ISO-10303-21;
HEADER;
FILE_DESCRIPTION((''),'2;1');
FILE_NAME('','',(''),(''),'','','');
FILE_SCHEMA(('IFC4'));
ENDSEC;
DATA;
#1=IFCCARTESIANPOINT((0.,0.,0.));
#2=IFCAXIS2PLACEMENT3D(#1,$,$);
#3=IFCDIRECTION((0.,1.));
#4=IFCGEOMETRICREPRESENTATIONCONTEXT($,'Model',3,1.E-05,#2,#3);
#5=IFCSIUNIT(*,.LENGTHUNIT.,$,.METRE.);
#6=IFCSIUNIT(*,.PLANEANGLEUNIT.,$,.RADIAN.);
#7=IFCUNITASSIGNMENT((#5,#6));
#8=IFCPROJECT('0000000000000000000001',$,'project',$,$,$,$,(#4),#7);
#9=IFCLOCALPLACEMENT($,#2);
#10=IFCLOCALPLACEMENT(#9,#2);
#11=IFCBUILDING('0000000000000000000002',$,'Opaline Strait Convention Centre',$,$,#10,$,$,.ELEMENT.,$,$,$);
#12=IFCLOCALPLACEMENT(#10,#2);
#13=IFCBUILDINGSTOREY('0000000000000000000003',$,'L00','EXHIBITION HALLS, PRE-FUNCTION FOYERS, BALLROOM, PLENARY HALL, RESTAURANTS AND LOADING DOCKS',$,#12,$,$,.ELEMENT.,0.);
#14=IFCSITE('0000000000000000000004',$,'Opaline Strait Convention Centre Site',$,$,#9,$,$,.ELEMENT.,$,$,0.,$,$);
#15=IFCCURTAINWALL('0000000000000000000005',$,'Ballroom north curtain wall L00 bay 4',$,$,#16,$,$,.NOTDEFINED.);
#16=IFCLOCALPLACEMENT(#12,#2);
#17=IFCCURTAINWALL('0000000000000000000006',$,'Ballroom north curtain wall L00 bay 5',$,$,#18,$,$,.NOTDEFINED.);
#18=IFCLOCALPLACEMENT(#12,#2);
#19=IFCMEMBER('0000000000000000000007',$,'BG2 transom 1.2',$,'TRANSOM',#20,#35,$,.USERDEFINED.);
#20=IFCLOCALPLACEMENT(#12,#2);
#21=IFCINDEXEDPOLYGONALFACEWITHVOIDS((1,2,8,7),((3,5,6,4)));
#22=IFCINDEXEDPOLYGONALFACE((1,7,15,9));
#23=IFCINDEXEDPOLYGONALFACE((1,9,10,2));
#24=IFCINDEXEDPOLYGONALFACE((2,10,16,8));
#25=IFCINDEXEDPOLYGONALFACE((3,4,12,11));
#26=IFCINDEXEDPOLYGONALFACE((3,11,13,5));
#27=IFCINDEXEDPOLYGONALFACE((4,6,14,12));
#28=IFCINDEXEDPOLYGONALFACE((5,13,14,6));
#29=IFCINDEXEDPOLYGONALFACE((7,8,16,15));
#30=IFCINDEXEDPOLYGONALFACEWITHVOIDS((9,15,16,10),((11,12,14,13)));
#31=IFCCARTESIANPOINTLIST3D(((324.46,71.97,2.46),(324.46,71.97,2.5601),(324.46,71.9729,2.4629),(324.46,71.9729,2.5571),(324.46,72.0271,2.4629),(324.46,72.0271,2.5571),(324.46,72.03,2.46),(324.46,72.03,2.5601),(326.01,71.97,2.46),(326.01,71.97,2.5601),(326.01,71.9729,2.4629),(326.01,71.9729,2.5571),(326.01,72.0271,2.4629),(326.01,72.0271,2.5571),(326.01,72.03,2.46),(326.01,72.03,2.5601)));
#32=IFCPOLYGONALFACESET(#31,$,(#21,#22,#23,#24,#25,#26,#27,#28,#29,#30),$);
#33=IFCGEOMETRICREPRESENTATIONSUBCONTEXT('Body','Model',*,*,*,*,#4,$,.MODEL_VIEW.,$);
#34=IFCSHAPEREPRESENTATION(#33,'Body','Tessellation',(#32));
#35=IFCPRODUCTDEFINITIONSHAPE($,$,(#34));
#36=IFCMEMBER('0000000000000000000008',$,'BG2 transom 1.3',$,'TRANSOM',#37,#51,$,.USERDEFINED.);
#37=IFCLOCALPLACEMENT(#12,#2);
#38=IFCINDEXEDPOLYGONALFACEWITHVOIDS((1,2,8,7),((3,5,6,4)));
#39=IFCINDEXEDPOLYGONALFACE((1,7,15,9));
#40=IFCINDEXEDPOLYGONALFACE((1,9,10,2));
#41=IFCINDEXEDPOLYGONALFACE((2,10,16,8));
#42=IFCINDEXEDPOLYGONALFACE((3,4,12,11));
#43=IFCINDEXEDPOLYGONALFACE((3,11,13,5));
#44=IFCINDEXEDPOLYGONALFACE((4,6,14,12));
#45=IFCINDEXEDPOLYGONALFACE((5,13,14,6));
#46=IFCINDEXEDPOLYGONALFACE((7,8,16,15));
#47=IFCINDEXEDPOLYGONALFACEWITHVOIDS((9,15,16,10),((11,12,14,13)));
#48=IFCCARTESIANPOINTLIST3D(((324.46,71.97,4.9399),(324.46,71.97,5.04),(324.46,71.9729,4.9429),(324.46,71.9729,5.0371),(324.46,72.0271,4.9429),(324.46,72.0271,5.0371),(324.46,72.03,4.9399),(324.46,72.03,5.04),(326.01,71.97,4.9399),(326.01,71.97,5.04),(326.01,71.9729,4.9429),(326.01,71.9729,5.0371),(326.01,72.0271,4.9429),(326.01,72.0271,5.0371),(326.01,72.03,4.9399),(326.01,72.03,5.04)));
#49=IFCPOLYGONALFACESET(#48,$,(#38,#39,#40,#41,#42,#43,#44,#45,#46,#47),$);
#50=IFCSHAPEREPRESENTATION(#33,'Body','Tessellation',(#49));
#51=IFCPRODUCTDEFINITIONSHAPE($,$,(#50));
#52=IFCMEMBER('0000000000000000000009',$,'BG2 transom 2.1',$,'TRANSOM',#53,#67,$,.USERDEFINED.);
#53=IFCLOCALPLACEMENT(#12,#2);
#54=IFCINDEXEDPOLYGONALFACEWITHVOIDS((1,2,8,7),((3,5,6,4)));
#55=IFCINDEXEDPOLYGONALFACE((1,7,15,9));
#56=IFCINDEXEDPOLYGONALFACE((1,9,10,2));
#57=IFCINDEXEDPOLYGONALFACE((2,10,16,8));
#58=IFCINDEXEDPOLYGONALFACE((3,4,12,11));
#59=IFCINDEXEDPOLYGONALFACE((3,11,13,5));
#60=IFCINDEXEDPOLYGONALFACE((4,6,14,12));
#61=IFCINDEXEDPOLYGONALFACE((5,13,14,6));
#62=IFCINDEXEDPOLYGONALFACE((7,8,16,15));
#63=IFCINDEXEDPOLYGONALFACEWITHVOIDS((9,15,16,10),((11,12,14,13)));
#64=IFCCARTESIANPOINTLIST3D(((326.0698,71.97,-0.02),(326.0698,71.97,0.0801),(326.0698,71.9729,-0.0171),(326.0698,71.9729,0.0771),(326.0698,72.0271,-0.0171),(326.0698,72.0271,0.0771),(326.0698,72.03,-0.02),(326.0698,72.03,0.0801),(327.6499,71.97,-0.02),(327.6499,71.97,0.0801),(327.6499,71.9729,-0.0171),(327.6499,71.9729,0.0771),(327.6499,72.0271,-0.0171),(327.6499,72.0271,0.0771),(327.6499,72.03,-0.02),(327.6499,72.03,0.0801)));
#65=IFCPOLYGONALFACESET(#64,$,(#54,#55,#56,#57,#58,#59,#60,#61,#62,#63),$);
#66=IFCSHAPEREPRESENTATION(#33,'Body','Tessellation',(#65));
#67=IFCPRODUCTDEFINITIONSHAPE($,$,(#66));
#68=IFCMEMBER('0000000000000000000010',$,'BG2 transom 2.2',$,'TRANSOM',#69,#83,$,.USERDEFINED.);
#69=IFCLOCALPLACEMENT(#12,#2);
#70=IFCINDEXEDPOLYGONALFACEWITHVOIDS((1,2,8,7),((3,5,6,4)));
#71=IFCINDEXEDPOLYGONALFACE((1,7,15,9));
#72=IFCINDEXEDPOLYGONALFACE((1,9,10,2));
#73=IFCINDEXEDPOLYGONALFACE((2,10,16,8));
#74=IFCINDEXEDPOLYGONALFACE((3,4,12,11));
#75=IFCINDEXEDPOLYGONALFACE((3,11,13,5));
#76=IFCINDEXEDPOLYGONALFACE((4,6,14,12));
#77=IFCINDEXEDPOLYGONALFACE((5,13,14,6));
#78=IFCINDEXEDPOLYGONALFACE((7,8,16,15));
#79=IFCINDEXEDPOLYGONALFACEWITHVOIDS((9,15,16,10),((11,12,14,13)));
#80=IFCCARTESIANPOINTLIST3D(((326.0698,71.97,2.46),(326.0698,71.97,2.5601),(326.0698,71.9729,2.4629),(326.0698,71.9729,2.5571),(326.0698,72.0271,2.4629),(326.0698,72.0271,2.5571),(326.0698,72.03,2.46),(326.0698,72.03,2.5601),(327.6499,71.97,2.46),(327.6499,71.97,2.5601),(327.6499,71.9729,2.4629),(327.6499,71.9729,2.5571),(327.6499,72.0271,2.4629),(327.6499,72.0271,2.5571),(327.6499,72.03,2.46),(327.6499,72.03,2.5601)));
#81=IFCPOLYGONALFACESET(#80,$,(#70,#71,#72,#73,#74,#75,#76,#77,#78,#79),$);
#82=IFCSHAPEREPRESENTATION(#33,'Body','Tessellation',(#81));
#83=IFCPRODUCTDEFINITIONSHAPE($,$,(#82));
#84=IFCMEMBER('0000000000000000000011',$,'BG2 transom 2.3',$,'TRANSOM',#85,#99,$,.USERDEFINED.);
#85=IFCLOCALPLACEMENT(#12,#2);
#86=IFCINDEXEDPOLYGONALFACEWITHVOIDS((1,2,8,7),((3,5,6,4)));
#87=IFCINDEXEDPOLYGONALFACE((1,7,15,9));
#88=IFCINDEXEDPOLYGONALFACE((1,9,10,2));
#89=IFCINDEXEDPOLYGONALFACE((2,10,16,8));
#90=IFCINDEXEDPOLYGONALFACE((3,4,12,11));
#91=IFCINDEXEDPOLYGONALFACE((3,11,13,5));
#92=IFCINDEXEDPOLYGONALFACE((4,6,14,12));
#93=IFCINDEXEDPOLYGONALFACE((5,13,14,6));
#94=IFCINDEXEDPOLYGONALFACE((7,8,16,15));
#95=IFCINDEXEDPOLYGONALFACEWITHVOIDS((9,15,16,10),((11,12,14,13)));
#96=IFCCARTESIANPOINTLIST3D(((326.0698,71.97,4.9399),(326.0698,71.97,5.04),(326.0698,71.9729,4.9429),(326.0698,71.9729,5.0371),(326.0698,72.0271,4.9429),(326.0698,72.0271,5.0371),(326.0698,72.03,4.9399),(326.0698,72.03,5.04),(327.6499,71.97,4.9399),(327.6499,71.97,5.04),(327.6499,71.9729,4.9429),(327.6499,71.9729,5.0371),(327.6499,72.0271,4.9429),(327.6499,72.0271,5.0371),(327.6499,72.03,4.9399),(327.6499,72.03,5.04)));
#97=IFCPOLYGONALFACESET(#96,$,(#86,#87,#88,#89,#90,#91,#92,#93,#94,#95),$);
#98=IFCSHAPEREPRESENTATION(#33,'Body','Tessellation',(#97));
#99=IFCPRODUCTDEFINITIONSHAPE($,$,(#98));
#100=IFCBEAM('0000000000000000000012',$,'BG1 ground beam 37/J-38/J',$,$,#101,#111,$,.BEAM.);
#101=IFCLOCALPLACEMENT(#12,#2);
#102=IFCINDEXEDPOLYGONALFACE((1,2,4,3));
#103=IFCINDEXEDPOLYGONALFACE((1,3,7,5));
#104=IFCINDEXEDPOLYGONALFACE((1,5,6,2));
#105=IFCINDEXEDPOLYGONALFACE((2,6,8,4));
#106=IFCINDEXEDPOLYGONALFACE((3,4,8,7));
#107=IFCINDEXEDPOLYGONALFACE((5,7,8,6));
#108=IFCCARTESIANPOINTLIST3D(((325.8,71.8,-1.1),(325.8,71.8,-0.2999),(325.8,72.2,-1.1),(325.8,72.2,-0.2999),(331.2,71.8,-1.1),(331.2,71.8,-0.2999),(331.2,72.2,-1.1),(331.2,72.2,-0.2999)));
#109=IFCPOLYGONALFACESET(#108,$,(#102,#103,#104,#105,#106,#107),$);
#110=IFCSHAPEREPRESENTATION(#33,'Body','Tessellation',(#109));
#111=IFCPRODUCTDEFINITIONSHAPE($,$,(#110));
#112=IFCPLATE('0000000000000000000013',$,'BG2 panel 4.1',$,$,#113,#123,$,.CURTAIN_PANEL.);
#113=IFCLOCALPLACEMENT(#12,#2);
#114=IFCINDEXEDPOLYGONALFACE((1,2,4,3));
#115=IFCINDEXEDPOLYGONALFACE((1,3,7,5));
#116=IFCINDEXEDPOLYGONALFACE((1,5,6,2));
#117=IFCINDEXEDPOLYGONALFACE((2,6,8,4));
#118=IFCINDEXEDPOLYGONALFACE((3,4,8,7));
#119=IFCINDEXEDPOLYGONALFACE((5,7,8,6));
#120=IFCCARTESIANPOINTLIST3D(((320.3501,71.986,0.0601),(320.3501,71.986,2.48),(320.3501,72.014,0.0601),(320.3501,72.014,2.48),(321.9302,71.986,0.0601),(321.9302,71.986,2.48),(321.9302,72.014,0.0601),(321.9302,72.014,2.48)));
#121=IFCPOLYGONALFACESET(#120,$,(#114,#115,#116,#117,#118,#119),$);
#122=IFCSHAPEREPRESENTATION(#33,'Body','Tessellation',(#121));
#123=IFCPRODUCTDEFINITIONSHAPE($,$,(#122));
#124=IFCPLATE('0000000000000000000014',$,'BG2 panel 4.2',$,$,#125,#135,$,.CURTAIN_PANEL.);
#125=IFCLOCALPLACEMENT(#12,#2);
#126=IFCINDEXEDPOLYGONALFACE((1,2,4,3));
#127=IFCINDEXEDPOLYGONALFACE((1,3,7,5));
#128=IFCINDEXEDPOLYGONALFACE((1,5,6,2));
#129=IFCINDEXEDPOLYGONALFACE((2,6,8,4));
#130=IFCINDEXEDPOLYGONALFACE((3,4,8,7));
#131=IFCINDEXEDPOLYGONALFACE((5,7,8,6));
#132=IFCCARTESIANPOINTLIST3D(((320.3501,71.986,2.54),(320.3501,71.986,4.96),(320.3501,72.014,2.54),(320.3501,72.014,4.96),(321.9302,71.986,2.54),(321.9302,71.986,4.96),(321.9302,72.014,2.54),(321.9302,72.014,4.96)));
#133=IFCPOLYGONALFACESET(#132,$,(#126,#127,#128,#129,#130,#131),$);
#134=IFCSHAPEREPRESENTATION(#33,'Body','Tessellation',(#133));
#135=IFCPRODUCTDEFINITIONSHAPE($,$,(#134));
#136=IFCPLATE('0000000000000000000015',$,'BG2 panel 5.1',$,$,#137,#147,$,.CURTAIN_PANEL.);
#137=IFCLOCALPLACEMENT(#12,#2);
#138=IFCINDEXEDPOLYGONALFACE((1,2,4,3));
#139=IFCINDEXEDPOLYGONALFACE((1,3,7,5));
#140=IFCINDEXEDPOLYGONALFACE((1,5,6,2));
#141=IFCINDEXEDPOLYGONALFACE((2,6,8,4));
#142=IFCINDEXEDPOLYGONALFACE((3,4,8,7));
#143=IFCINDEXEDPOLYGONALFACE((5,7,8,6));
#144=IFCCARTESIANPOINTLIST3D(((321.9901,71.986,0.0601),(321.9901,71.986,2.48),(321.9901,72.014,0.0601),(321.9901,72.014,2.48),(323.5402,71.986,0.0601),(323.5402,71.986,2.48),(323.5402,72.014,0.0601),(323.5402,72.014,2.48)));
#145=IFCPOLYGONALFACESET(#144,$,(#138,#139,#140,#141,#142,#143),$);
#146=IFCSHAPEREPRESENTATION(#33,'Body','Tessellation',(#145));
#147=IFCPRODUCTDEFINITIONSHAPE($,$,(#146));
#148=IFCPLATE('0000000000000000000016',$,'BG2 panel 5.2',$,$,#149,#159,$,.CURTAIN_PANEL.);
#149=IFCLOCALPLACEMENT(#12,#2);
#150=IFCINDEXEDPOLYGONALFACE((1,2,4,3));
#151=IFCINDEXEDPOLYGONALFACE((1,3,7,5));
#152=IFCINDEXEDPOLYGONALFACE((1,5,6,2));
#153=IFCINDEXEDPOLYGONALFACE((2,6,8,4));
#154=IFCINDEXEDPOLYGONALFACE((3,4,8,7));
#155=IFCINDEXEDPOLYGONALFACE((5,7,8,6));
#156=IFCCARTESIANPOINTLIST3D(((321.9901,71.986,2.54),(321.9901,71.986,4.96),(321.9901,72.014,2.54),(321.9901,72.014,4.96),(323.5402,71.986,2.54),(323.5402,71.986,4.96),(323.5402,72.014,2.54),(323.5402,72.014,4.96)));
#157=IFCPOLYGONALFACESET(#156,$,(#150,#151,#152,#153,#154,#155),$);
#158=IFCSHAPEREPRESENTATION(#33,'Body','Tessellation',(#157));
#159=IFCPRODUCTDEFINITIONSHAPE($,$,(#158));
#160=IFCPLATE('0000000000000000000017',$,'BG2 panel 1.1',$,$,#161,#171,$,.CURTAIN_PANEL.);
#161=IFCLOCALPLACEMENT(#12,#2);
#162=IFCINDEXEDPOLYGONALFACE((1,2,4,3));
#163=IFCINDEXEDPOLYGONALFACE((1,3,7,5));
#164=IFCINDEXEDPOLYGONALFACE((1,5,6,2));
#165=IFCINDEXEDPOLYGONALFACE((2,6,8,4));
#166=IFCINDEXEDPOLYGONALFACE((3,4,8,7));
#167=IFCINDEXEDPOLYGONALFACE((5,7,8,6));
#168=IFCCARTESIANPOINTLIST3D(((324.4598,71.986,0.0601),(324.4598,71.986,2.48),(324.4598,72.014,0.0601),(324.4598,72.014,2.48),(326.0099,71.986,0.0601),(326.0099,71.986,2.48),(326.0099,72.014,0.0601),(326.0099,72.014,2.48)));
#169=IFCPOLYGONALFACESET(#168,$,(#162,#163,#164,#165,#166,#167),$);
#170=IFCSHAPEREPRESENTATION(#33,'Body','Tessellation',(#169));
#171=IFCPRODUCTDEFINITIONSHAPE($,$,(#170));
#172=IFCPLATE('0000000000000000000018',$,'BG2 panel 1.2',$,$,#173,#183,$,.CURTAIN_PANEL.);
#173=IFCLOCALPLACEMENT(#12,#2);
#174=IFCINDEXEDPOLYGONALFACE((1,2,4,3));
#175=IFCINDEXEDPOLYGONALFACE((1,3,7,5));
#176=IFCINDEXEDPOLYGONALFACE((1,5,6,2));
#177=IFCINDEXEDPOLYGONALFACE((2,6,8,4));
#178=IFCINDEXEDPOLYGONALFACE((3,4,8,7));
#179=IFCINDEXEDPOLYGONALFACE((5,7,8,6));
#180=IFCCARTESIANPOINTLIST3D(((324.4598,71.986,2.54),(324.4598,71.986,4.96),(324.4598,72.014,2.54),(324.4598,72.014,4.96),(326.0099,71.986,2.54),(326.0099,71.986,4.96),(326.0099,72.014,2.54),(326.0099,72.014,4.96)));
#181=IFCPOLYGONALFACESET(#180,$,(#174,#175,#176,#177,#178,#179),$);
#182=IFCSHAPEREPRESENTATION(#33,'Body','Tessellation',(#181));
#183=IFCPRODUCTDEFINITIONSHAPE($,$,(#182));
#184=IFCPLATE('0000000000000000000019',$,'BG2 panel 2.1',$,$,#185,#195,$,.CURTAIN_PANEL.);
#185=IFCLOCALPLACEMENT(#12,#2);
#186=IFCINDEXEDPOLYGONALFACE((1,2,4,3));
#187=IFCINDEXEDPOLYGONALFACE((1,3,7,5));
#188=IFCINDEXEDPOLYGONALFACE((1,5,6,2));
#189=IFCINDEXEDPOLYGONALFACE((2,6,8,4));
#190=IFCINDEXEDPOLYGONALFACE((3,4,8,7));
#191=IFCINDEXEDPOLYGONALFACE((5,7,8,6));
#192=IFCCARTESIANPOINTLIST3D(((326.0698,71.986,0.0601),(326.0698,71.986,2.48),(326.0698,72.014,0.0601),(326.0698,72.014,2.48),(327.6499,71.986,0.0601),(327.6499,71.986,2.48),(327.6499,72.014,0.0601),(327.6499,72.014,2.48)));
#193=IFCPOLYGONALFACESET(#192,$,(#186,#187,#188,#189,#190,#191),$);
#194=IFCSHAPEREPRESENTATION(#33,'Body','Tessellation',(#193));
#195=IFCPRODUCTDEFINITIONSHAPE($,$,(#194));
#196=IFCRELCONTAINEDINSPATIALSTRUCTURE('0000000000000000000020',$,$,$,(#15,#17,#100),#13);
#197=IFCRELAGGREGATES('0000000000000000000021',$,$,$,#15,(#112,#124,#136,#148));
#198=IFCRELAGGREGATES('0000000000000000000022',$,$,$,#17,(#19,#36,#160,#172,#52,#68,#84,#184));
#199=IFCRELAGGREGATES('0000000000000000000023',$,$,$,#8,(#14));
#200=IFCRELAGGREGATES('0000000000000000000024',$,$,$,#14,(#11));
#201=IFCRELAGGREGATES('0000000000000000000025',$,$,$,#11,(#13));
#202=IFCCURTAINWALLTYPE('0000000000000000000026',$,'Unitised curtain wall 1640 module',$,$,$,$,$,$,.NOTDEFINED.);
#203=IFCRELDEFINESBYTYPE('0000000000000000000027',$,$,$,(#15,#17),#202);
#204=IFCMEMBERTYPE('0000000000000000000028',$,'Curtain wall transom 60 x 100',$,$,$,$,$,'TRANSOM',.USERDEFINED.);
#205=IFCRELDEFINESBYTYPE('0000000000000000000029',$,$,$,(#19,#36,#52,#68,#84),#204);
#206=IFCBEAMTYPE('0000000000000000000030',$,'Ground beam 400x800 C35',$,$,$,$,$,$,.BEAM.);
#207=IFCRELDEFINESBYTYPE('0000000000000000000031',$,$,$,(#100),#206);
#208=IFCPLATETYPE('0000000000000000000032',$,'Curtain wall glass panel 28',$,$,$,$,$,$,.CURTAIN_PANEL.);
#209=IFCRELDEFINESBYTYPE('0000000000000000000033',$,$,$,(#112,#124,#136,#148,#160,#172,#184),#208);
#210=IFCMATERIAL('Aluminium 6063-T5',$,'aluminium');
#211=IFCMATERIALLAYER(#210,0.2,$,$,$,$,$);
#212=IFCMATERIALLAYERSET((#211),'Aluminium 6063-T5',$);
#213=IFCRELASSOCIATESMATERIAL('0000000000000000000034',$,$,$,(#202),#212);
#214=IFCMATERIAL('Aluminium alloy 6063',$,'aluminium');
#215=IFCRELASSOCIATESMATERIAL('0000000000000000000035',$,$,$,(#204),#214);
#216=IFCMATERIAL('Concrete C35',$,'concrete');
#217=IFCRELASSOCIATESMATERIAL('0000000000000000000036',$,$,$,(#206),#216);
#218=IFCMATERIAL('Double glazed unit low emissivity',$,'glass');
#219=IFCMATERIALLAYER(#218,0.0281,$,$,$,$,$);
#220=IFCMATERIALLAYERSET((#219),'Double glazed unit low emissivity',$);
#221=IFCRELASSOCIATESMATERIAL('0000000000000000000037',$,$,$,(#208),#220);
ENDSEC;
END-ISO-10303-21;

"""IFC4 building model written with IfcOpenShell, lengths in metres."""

from ifc_helpers import new_model, si_unit, direction, frame, origin, origin_2d, place, context, subcontext, project, spatial, rectangle, hollow_rectangle, extrude, material, layer, layer_set, material_profile, profile_set, type_object, element, aggregate, save


model = new_model("IFC4")

# Units and contexts
model_context = context("Model", 3, precision=1e-05, world=origin(), true_north=direction((0.0, 1.0)))
body_context = subcontext(model_context, "Body", "Model", "MODEL_VIEW")
ifc_project = project(units=[si_unit("LENGTHUNIT", "METRE"), si_unit("PLANEANGLEUNIT", "RADIAN")], contexts=[model_context])

# Site, building, storey
site_placement = place(None, origin())
site = spatial("IfcSite", under=ifc_project, at=site_placement, Name="Opaline Strait Convention Centre Site", CompositionType="ELEMENT", RefElevation=0.0)
building_placement = place(site_placement, origin())
building = spatial("IfcBuilding", under=site, at=building_placement, Name="Opaline Strait Convention Centre", CompositionType="ELEMENT")
storey_placement = place(building_placement, origin())
storey = spatial("IfcBuildingStorey", under=building, at=storey_placement, Name="L00", Description="EXHIBITION HALLS, PRE-FUNCTION FOYERS, BALLROOM, PLENARY HALL, RESTAURANTS AND LOADING DOCKS", CompositionType="ELEMENT", Elevation=0.0)

# Curtain walls
ifc_material_1 = material(Name="Aluminium 6063-T5", Category="aluminium")
ifc_layer_1 = layer(ifc_material_1, 0.2)
ifc_layer_set_1 = layer_set([ifc_layer_1], Name="Aluminium 6063-T5")
curtain_wall_type = type_object("IfcCurtainWallType", Name="Unitised curtain wall 1640 module", PredefinedType="NOTDEFINED", material=ifc_layer_set_1)
curtain_wall_1_placement = place(storey_placement, origin())
curtain_wall_1 = element("IfcCurtainWall", 1, at=curtain_wall_1_placement, inside=storey, type_object=curtain_wall_type, Name="Ballroom north curtain wall L00 bay 4", PredefinedType="NOTDEFINED")
ifc_material_2 = material(Name="Aluminium alloy 6063", Category="aluminium")
curtain_wall_2_placement = place(storey_placement, origin())
curtain_wall_2 = element("IfcCurtainWall", 2, at=curtain_wall_2_placement, inside=storey, type_object=curtain_wall_type, Name="Ballroom north curtain wall L00 bay 5", PredefinedType="NOTDEFINED")

# Members
ifc_material_profile_1 = material_profile(ifc_material_2, hollow_rectangle(XDim=0.0601, YDim=0.1001, WallThickness=0.0029, at=origin_2d()), Name="TRANSOM 60x100x3")
ifc_profile_set_1 = profile_set([ifc_material_profile_1], Name="Aluminium alloy 6063")
member_type_1 = type_object("IfcMemberType", Name="Curtain wall transom 60 x 100", ElementType="TRANSOM", PredefinedType="USERDEFINED", material=ifc_profile_set_1)
member_1_placement = place(storey_placement, frame((324.46, 72.0, 2.51), z_axis=(1.0, 0.0, 0.0), x_axis=(0.0, 1.0, 0.0)))
member_1 = element("IfcMember", 3, at=member_1_placement, type_object=member_type_1, Name="BG2 transom 1.2", ObjectType="TRANSOM", PredefinedType="USERDEFINED", context=body_context, shape_type="SweptSolid", body=[
    extrude(hollow_rectangle(XDim=0.0601, YDim=0.1001, WallThickness=0.0029, at=origin_2d()), origin(), (0.0, 0.0, 1.0), 1.55),
])
member_2_placement = place(storey_placement, frame((324.46, 72.0, 4.99), z_axis=(1.0, 0.0, 0.0), x_axis=(0.0, 1.0, 0.0)))
member_2 = element("IfcMember", 4, at=member_2_placement, type_object=member_type_1, Name="BG2 transom 1.3", ObjectType="TRANSOM", PredefinedType="USERDEFINED", context=body_context, shape_type="SweptSolid", body=[
    extrude(hollow_rectangle(XDim=0.0601, YDim=0.1001, WallThickness=0.0029, at=origin_2d()), origin(), (0.0, 0.0, 1.0), 1.55),
])
member_3_placement = place(storey_placement, frame((326.0698, 72.0, 0.03), z_axis=(1.0, 0.0, 0.0), x_axis=(0.0, 1.0, 0.0)))
member_3 = element("IfcMember", 5, at=member_3_placement, type_object=member_type_1, Name="BG2 transom 2.1", ObjectType="TRANSOM", PredefinedType="USERDEFINED", context=body_context, shape_type="SweptSolid", body=[
    extrude(hollow_rectangle(XDim=0.0601, YDim=0.1001, WallThickness=0.0029, at=origin_2d()), origin(), (0.0, 0.0, 1.0), 1.5801),
])
member_4_placement = place(storey_placement, frame((326.0698, 72.0, 2.51), z_axis=(1.0, 0.0, 0.0), x_axis=(0.0, 1.0, 0.0)))
member_4 = element("IfcMember", 6, at=member_4_placement, type_object=member_type_1, Name="BG2 transom 2.2", ObjectType="TRANSOM", PredefinedType="USERDEFINED", context=body_context, shape_type="SweptSolid", body=[
    extrude(hollow_rectangle(XDim=0.0601, YDim=0.1001, WallThickness=0.0029, at=origin_2d()), origin(), (0.0, 0.0, 1.0), 1.5801),
])
member_5_placement = place(storey_placement, frame((326.0698, 72.0, 4.99), z_axis=(1.0, 0.0, 0.0), x_axis=(0.0, 1.0, 0.0)))
member_5 = element("IfcMember", 7, at=member_5_placement, type_object=member_type_1, Name="BG2 transom 2.3", ObjectType="TRANSOM", PredefinedType="USERDEFINED", context=body_context, shape_type="SweptSolid", body=[
    extrude(hollow_rectangle(XDim=0.0601, YDim=0.1001, WallThickness=0.0029, at=origin_2d()), origin(), (0.0, 0.0, 1.0), 1.5801),
])

# Beam
ifc_material_3 = material(Name="Concrete C35", Category="concrete")
ifc_material_profile_2 = material_profile(ifc_material_3, rectangle(XDim=0.3999, YDim=0.8, at=origin_2d()), Name="RC 400x800")
ifc_profile_set_2 = profile_set([ifc_material_profile_2], Name="Concrete C35")
beam_type = type_object("IfcBeamType", Name="Ground beam 400x800 C35", PredefinedType="BEAM", material=ifc_profile_set_2)
beam_placement = place(storey_placement, frame((325.8, 72.0, -0.7), z_axis=(1.0, 0.0, 0.0), x_axis=(0.0, 1.0, 0.0)))
element("IfcBeam", 8, at=beam_placement, inside=storey, type_object=beam_type, Name="BG1 ground beam 37/J-38/J", PredefinedType="BEAM", context=body_context, shape_type="SweptSolid", body=[
    extrude(rectangle(XDim=0.3999, YDim=0.8, at=origin_2d()), origin(), (0.0, 0.0, 1.0), 5.3999),
])

# Plates
ifc_material_4 = material(Name="Double glazed unit low emissivity", Category="glass")
ifc_layer_2 = layer(ifc_material_4, 0.0281)
ifc_layer_set_2 = layer_set([ifc_layer_2], Name="Double glazed unit low emissivity")
plate_type = type_object("IfcPlateType", Name="Curtain wall glass panel 28", PredefinedType="CURTAIN_PANEL", material=ifc_layer_set_2)
plate_1_placement = place(storey_placement, frame((321.1401, 72.0, 0.0601), z_axis=(0.0, 0.0, 1.0), x_axis=(1.0, 0.0, 0.0)))
plate_1 = element("IfcPlate", 9, at=plate_1_placement, type_object=plate_type, Name="BG2 panel 4.1", PredefinedType="CURTAIN_PANEL", context=body_context, shape_type="SweptSolid", body=[
    extrude(rectangle(XDim=1.5801, YDim=0.0281, at=origin_2d()), origin(), (0.0, 0.0, 1.0), 2.4199),
])
plate_2_placement = place(storey_placement, frame((321.1401, 72.0, 2.54), z_axis=(0.0, 0.0, 1.0), x_axis=(1.0, 0.0, 0.0)))
plate_2 = element("IfcPlate", 10, at=plate_2_placement, type_object=plate_type, Name="BG2 panel 4.2", PredefinedType="CURTAIN_PANEL", context=body_context, shape_type="SweptSolid", body=[
    extrude(rectangle(XDim=1.5801, YDim=0.0281, at=origin_2d()), origin(), (0.0, 0.0, 1.0), 2.4199),
])
plate_3_placement = place(storey_placement, frame((322.7651, 72.0, 0.0601), z_axis=(0.0, 0.0, 1.0), x_axis=(1.0, 0.0, 0.0)))
plate_3 = element("IfcPlate", 11, at=plate_3_placement, type_object=plate_type, Name="BG2 panel 5.1", PredefinedType="CURTAIN_PANEL", context=body_context, shape_type="SweptSolid", body=[
    extrude(rectangle(XDim=1.55, YDim=0.0281, at=origin_2d()), origin(), (0.0, 0.0, 1.0), 2.4199),
])
plate_4_placement = place(storey_placement, frame((322.7651, 72.0, 2.54), z_axis=(0.0, 0.0, 1.0), x_axis=(1.0, 0.0, 0.0)))
plate_4 = element("IfcPlate", 12, at=plate_4_placement, type_object=plate_type, Name="BG2 panel 5.2", PredefinedType="CURTAIN_PANEL", context=body_context, shape_type="SweptSolid", body=[
    extrude(rectangle(XDim=1.55, YDim=0.0281, at=origin_2d()), origin(), (0.0, 0.0, 1.0), 2.4199),
])
aggregate(curtain_wall_1, [plate_1, plate_2, plate_3, plate_4])
plate_5_placement = place(storey_placement, frame((325.2349, 72.0, 0.0601), z_axis=(0.0, 0.0, 1.0), x_axis=(1.0, 0.0, 0.0)))
plate_5 = element("IfcPlate", 13, at=plate_5_placement, type_object=plate_type, Name="BG2 panel 1.1", PredefinedType="CURTAIN_PANEL", context=body_context, shape_type="SweptSolid", body=[
    extrude(rectangle(XDim=1.55, YDim=0.0281, at=origin_2d()), origin(), (0.0, 0.0, 1.0), 2.4199),
])
plate_6_placement = place(storey_placement, frame((325.2349, 72.0, 2.54), z_axis=(0.0, 0.0, 1.0), x_axis=(1.0, 0.0, 0.0)))
plate_6 = element("IfcPlate", 14, at=plate_6_placement, type_object=plate_type, Name="BG2 panel 1.2", PredefinedType="CURTAIN_PANEL", context=body_context, shape_type="SweptSolid", body=[
    extrude(rectangle(XDim=1.55, YDim=0.0281, at=origin_2d()), origin(), (0.0, 0.0, 1.0), 2.4199),
])
plate_7_placement = place(storey_placement, frame((326.8599, 72.0, 0.0601), z_axis=(0.0, 0.0, 1.0), x_axis=(1.0, 0.0, 0.0)))
plate_7 = element("IfcPlate", 15, at=plate_7_placement, type_object=plate_type, Name="BG2 panel 2.1", PredefinedType="CURTAIN_PANEL", context=body_context, shape_type="SweptSolid", body=[
    extrude(rectangle(XDim=1.5801, YDim=0.0281, at=origin_2d()), origin(), (0.0, 0.0, 1.0), 2.4199),
])
aggregate(curtain_wall_2, [member_1, member_2, plate_5, plate_6, member_3, member_4, member_5, plate_7])

save(model, "model.ifc")
